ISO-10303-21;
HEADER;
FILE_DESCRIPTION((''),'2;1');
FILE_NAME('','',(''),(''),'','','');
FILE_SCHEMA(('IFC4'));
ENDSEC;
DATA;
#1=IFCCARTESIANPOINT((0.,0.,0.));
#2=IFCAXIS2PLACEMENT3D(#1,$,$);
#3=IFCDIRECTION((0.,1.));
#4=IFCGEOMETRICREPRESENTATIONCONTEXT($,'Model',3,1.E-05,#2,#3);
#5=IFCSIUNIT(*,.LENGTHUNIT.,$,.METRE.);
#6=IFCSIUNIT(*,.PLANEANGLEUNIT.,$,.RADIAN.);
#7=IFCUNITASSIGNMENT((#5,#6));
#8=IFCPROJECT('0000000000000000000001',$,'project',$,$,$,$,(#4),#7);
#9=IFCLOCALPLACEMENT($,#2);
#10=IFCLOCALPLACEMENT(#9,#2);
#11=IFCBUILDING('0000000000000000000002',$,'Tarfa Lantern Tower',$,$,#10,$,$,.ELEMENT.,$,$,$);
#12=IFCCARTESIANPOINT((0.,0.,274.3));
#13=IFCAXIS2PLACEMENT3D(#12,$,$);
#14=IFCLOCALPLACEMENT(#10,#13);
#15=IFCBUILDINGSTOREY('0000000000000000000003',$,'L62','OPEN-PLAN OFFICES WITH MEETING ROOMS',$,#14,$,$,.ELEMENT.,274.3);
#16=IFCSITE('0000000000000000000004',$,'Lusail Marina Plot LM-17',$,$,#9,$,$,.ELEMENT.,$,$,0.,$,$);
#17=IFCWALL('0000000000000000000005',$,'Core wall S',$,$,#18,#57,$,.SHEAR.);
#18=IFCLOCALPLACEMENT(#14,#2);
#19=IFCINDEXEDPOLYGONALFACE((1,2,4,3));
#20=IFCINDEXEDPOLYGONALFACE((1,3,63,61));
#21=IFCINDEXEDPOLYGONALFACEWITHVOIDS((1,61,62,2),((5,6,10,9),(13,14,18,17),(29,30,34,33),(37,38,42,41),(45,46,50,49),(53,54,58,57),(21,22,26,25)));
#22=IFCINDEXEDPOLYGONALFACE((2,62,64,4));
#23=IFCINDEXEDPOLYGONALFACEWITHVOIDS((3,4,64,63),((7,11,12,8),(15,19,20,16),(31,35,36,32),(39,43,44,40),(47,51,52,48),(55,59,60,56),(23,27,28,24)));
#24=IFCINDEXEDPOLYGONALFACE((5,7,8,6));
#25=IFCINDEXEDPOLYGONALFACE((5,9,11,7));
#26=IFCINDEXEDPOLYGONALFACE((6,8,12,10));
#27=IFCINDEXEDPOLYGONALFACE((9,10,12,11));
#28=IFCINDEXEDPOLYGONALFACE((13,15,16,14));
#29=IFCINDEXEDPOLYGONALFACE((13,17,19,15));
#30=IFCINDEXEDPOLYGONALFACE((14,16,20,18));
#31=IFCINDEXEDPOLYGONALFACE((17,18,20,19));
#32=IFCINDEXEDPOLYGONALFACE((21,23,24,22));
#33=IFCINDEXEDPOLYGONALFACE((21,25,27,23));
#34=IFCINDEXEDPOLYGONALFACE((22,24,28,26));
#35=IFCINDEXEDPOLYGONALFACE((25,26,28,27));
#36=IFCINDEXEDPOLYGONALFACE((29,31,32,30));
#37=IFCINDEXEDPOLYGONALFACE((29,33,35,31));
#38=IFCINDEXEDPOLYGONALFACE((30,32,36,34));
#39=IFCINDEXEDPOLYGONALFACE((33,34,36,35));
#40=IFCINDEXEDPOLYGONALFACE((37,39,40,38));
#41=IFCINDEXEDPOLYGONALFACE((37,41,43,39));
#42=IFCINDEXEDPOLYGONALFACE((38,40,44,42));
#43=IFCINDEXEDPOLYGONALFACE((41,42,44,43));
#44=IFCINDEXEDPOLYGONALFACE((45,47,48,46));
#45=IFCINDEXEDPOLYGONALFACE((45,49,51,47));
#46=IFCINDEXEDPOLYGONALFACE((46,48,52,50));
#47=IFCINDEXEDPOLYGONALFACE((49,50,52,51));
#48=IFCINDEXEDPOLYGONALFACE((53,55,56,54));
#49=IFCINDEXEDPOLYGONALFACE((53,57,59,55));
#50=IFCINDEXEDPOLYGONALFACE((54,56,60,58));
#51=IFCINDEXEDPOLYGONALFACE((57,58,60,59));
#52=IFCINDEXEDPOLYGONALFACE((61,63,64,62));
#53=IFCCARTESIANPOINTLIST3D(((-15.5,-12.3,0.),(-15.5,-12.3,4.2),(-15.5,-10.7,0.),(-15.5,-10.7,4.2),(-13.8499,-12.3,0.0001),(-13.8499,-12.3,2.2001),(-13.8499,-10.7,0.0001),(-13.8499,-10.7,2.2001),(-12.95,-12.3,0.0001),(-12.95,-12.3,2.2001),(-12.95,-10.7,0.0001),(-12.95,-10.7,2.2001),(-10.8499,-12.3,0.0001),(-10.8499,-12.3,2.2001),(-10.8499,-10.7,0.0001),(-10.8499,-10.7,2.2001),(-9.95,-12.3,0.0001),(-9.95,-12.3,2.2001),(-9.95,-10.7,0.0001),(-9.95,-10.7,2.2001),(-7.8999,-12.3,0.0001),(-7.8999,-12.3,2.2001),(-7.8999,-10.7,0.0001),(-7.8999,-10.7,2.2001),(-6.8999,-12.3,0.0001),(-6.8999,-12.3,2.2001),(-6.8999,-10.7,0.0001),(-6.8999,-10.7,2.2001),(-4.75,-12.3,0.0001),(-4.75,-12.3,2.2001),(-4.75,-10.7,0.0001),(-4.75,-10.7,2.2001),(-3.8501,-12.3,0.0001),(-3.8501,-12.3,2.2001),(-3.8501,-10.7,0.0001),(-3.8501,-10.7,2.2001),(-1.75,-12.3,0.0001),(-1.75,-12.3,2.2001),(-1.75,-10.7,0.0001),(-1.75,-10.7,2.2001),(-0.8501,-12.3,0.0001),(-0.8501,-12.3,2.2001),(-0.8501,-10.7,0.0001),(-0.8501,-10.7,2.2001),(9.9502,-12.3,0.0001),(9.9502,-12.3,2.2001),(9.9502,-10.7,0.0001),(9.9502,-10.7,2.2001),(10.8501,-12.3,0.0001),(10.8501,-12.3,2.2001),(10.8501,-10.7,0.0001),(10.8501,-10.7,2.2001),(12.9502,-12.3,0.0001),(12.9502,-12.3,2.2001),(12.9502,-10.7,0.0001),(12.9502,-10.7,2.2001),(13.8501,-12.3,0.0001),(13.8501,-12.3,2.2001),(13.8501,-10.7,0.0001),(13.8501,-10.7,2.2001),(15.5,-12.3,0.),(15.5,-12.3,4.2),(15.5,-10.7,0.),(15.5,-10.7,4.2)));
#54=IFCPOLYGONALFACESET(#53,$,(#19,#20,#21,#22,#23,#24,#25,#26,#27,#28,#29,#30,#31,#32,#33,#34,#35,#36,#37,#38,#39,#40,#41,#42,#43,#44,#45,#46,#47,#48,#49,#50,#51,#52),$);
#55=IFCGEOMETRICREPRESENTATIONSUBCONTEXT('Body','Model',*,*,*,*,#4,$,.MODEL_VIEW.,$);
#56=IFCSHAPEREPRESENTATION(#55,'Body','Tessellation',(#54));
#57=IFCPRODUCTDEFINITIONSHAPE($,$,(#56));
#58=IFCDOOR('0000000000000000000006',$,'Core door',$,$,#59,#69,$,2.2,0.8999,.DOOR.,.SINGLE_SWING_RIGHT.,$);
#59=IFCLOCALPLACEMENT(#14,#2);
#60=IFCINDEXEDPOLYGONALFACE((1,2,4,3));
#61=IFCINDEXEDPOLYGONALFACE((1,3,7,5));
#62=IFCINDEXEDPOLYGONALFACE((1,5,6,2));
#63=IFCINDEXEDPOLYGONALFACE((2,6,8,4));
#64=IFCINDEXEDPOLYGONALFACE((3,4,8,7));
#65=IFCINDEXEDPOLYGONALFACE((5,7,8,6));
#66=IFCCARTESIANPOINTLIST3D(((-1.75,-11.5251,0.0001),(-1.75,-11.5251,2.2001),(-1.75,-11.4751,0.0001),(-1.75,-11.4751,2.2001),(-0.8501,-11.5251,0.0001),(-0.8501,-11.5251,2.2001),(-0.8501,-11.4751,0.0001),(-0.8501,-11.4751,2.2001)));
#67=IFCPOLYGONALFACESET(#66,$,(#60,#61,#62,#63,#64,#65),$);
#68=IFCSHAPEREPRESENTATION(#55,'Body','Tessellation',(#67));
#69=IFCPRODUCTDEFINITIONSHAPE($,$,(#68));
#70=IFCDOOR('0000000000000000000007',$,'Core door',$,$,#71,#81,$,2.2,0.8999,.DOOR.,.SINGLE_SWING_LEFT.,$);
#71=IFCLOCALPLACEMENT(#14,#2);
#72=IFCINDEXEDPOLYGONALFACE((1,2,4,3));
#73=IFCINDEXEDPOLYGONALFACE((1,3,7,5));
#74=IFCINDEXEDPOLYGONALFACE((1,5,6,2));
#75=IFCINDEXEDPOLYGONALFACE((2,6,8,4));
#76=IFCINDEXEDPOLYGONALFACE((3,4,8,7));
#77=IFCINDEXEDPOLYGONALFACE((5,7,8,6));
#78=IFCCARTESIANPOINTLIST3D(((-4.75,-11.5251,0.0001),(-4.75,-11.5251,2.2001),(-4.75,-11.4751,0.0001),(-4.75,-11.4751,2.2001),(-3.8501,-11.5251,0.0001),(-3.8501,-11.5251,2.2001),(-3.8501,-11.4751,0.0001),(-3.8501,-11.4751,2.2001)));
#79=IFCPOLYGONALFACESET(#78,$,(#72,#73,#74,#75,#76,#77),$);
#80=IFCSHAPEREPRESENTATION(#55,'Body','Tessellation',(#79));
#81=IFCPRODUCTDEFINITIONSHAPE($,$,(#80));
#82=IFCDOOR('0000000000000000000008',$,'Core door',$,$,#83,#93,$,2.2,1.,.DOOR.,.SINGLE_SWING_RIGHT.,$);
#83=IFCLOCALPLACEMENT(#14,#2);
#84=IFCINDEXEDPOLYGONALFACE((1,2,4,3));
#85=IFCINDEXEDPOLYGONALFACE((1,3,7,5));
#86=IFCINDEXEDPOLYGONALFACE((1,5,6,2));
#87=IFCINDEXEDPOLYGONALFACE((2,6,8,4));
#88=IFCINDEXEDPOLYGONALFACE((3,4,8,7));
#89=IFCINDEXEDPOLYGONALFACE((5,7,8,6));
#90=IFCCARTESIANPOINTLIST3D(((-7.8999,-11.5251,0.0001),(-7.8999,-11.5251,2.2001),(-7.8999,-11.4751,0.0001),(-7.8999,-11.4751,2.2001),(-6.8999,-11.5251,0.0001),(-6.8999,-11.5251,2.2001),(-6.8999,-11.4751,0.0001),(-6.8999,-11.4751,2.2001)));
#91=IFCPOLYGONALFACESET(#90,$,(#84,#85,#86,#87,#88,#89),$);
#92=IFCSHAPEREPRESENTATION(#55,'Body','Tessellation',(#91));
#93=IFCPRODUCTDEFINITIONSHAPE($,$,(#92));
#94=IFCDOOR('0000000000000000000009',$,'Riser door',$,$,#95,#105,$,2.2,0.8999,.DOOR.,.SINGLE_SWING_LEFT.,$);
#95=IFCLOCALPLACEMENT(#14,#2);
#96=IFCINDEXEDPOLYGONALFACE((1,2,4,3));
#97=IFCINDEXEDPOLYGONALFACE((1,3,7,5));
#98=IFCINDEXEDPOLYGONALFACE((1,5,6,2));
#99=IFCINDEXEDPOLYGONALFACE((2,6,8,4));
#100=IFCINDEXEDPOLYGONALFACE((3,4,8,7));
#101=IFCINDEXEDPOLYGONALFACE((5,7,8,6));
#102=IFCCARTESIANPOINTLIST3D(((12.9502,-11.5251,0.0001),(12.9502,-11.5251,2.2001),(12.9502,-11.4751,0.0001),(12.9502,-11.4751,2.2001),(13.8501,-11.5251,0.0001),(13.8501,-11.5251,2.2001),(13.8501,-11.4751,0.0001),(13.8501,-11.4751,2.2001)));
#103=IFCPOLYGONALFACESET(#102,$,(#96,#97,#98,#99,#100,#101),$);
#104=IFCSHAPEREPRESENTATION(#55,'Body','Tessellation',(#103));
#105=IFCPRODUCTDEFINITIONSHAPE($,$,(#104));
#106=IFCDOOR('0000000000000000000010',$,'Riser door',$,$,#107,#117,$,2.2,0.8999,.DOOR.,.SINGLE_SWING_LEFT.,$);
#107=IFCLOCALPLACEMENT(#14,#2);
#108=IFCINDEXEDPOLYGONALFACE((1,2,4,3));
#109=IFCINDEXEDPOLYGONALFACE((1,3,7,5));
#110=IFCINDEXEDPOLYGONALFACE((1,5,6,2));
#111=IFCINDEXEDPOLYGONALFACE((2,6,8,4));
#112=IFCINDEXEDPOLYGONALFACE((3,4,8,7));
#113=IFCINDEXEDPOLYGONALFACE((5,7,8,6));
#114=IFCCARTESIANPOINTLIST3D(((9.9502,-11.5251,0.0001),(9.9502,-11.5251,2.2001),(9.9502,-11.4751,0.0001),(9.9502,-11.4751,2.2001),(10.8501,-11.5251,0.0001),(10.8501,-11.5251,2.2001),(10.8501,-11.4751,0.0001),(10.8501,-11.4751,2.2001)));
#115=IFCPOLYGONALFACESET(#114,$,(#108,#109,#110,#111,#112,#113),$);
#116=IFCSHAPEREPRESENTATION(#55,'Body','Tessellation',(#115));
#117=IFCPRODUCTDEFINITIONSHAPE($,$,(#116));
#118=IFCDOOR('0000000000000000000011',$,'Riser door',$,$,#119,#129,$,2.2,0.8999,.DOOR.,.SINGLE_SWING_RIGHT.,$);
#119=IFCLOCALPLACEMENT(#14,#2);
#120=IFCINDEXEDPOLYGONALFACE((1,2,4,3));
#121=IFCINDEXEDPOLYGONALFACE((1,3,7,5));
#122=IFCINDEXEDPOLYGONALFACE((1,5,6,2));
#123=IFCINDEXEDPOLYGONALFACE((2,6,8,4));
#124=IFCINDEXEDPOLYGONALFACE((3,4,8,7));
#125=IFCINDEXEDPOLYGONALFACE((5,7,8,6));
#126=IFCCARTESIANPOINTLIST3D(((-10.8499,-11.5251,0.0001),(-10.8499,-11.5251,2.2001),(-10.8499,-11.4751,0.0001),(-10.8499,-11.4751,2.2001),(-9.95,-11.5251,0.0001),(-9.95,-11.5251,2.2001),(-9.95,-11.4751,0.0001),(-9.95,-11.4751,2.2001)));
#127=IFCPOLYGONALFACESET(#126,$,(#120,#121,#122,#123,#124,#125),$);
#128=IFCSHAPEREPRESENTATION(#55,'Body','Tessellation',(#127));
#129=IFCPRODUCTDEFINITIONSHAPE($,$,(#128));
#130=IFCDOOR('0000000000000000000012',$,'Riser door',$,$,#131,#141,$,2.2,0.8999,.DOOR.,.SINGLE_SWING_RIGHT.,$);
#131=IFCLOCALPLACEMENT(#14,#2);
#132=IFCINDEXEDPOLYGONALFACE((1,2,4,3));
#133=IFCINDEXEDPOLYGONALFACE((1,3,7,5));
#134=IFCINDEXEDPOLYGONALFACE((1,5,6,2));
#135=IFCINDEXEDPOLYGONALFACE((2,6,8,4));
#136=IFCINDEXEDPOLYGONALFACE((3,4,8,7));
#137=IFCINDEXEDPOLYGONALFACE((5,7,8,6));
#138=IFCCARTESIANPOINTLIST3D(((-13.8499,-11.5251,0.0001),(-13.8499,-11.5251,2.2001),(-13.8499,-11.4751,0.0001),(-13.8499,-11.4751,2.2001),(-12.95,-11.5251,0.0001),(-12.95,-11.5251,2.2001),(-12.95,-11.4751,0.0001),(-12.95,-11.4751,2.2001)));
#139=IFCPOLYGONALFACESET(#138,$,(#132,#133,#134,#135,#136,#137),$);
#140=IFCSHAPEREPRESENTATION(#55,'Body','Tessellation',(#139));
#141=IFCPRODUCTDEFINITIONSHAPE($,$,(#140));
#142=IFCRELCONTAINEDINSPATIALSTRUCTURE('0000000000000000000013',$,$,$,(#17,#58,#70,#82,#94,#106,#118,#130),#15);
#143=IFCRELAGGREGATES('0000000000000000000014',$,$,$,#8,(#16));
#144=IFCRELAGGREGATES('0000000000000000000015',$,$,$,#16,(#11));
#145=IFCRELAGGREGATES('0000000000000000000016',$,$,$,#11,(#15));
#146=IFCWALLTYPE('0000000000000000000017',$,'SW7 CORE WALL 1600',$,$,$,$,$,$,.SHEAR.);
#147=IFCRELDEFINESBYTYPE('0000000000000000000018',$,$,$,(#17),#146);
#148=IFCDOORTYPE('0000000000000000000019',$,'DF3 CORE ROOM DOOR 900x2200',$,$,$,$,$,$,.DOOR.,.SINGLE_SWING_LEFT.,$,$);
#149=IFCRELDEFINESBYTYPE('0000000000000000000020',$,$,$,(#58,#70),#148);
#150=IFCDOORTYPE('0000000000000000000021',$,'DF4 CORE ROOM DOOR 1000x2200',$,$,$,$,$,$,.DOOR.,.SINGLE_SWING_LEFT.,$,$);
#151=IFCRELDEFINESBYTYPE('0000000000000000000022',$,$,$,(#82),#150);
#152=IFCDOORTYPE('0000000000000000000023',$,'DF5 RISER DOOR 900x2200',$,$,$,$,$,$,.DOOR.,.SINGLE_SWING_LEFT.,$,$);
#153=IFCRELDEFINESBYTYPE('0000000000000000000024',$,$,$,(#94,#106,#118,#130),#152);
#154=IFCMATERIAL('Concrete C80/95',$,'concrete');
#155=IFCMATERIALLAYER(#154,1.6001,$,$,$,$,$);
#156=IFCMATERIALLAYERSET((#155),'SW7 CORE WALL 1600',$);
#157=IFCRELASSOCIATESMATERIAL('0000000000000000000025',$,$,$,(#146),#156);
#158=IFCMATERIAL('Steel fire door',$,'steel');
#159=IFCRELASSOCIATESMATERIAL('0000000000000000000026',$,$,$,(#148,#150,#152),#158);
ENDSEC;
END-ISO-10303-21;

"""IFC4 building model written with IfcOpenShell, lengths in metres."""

from ifc_helpers import new_model, si_unit, direction, frame, frame_2d, origin, place, context, subcontext, project, spatial, rectangle, extrude, material, layer, layer_set, type_object, element, fill, save


model = new_model("IFC4")

# Units and contexts
model_context = context("Model", 3, precision=1e-05, world=origin(), true_north=direction((0.0, 1.0)))
body_context = subcontext(model_context, "Body", "Model", "MODEL_VIEW")
ifc_project = project(units=[si_unit("LENGTHUNIT", "METRE"), si_unit("PLANEANGLEUNIT", "RADIAN")], contexts=[model_context])

# Site, building, storey
site_placement = place(None, origin())
site = spatial("IfcSite", under=ifc_project, at=site_placement, Name="Lusail Marina Plot LM-17", CompositionType="ELEMENT", RefElevation=0.0)
building_placement = place(site_placement, origin())
building = spatial("IfcBuilding", under=site, at=building_placement, Name="Tarfa Lantern Tower", CompositionType="ELEMENT")
storey_placement = place(building_placement, frame((0.0, 0.0, 274.3)))
storey = spatial("IfcBuildingStorey", under=building, at=storey_placement, Name="L62", Description="OPEN-PLAN OFFICES WITH MEETING ROOMS", CompositionType="ELEMENT", Elevation=274.3)

# Shared definitions
ifc_material_1 = material(Name="Concrete C80/95", Category="concrete")
ifc_material_2 = material(Name="Steel fire door", Category="steel")

# Wall, openings, doors
ifc_layer_1 = layer(ifc_material_1, 1.6001)
ifc_layer_set_1 = layer_set([ifc_layer_1], Name="SW7 CORE WALL 1600")
wall_type_1 = type_object("IfcWallType", Name="SW7 CORE WALL 1600", PredefinedType="SHEAR", material=ifc_layer_set_1)
wall_1_placement = place(storey_placement, frame((15.5, -11.5, 0.0), z_axis=(0.0, 0.0, 1.0), x_axis=(-1.0, 0.0, 0.0)))
wall_1 = element("IfcWall", 1, at=wall_1_placement, inside=storey, type_object=wall_type_1, Name="Core wall S", PredefinedType="SHEAR", context=body_context, shape_type="SweptSolid", body=[
    extrude(rectangle(XDim=31.0, YDim=1.6001, at=frame_2d((15.5, 0.0))), origin(), (0.0, 0.0, 1.0), 4.2),
])
opening_1_placement = place(wall_1_placement, frame((16.3501, 0.0, 0.0)))
opening_1 = element("IfcOpeningElement", 2, at=opening_1_placement, cuts=wall_1, PredefinedType="OPENING", context=body_context, shape_type="SweptSolid", body=[
    extrude(rectangle(XDim=0.8999, YDim=2.2, at=frame_2d((0.45, 1.1001))), frame((0.0, 0.8101, 0.0), z_axis=(0.0, -1.0, 0.0), x_axis=(1.0, 0.0, 0.0)), (0.0, 0.0, 1.0), 1.6201),
])
opening_2_placement = place(wall_1_placement, frame((19.3501, 0.0, 0.0)))
opening_2 = element("IfcOpeningElement", 3, at=opening_2_placement, cuts=wall_1, PredefinedType="OPENING", context=body_context, shape_type="SweptSolid", body=[
    extrude(rectangle(XDim=0.8999, YDim=2.2, at=frame_2d((0.45, 1.1001))), frame((0.0, 0.8101, 0.0), z_axis=(0.0, -1.0, 0.0), x_axis=(1.0, 0.0, 0.0)), (0.0, 0.0, 1.0), 1.6201),
])
opening_3_placement = place(wall_1_placement, frame((22.3999, 0.0, 0.0)))
opening_3 = element("IfcOpeningElement", 4, at=opening_3_placement, cuts=wall_1, PredefinedType="OPENING", context=body_context, shape_type="SweptSolid", body=[
    extrude(rectangle(XDim=1.0, YDim=2.2, at=frame_2d((0.5, 1.1001))), frame((0.0, 0.8101, 0.0), z_axis=(0.0, -1.0, 0.0), x_axis=(1.0, 0.0, 0.0)), (0.0, 0.0, 1.0), 1.6201),
])
opening_4_placement = place(wall_1_placement, frame((1.6499, 0.0, 0.0)))
opening_4 = element("IfcOpeningElement", 5, at=opening_4_placement, cuts=wall_1, PredefinedType="OPENING", context=body_context, shape_type="SweptSolid", body=[
    extrude(rectangle(XDim=0.8999, YDim=2.2, at=frame_2d((0.45, 1.1001))), frame((0.0, 0.8101, 0.0), z_axis=(0.0, -1.0, 0.0), x_axis=(1.0, 0.0, 0.0)), (0.0, 0.0, 1.0), 1.6201),
])
opening_5_placement = place(wall_1_placement, frame((4.6499, 0.0, 0.0)))
opening_5 = element("IfcOpeningElement", 6, at=opening_5_placement, cuts=wall_1, PredefinedType="OPENING", context=body_context, shape_type="SweptSolid", body=[
    extrude(rectangle(XDim=0.8999, YDim=2.2, at=frame_2d((0.45, 1.1001))), frame((0.0, 0.8101, 0.0), z_axis=(0.0, -1.0, 0.0), x_axis=(1.0, 0.0, 0.0)), (0.0, 0.0, 1.0), 1.6201),
])
opening_6_placement = place(wall_1_placement, frame((25.45, 0.0, 0.0)))
opening_6 = element("IfcOpeningElement", 7, at=opening_6_placement, cuts=wall_1, PredefinedType="OPENING", context=body_context, shape_type="SweptSolid", body=[
    extrude(rectangle(XDim=0.8999, YDim=2.2, at=frame_2d((0.45, 1.1001))), frame((0.0, 0.8101, 0.0), z_axis=(0.0, -1.0, 0.0), x_axis=(1.0, 0.0, 0.0)), (0.0, 0.0, 1.0), 1.6201),
])
opening_7_placement = place(wall_1_placement, frame((28.45, 0.0, 0.0)))
opening_7 = element("IfcOpeningElement", 8, at=opening_7_placement, cuts=wall_1, PredefinedType="OPENING", context=body_context, shape_type="SweptSolid", body=[
    extrude(rectangle(XDim=0.8999, YDim=2.2, at=frame_2d((0.45, 1.1001))), frame((0.0, 0.8101, 0.0), z_axis=(0.0, -1.0, 0.0), x_axis=(1.0, 0.0, 0.0)), (0.0, 0.0, 1.0), 1.6201),
])
door_type_1 = type_object("IfcDoorType", Name="DF3 CORE ROOM DOOR 900x2200", OperationType="SINGLE_SWING_LEFT", PredefinedType="DOOR", material=ifc_material_2)
door_1_placement = place(opening_1_placement, frame((0.8999, 0.0, 0.0), z_axis=(0.0, 0.0, 1.0), x_axis=(-1.0, 0.0, 0.0)))
door_1 = element("IfcDoor", 9, at=door_1_placement, inside=storey, type_object=door_type_1, Name="Core door", OperationType="SINGLE_SWING_RIGHT", OverallHeight=2.2, OverallWidth=0.8999, PredefinedType="DOOR", context=body_context, shape_type="SweptSolid", body=[
    extrude(rectangle(XDim=0.8999, YDim=2.2, at=frame_2d((0.45, 1.1001))), frame((0.0, 0.0249, 0.0), z_axis=(0.0, -1.0, 0.0), x_axis=(1.0, 0.0, 0.0)), (0.0, 0.0, 1.0), 0.05),
])
fill(opening_1, door_1)
door_2_placement = place(opening_2_placement, frame((0.8999, 0.0, 0.0), z_axis=(0.0, 0.0, 1.0), x_axis=(-1.0, 0.0, 0.0)))
door_2 = element("IfcDoor", 10, at=door_2_placement, inside=storey, type_object=door_type_1, Name="Core door", OperationType="SINGLE_SWING_LEFT", OverallHeight=2.2, OverallWidth=0.8999, PredefinedType="DOOR", context=body_context, shape_type="SweptSolid", body=[
    extrude(rectangle(XDim=0.8999, YDim=2.2, at=frame_2d((0.45, 1.1001))), frame((0.0, 0.0249, 0.0), z_axis=(0.0, -1.0, 0.0), x_axis=(1.0, 0.0, 0.0)), (0.0, 0.0, 1.0), 0.05),
])
fill(opening_2, door_2)
door_type_2 = type_object("IfcDoorType", Name="DF4 CORE ROOM DOOR 1000x2200", OperationType="SINGLE_SWING_LEFT", PredefinedType="DOOR", material=ifc_material_2)
door_3_placement = place(opening_3_placement, frame((1.0, 0.0, 0.0), z_axis=(0.0, 0.0, 1.0), x_axis=(-1.0, 0.0, 0.0)))
door_3 = element("IfcDoor", 11, at=door_3_placement, inside=storey, type_object=door_type_2, Name="Core door", OperationType="SINGLE_SWING_RIGHT", OverallHeight=2.2, OverallWidth=1.0, PredefinedType="DOOR", context=body_context, shape_type="SweptSolid", body=[
    extrude(rectangle(XDim=1.0, YDim=2.2, at=frame_2d((0.5, 1.1001))), frame((0.0, 0.0249, 0.0), z_axis=(0.0, -1.0, 0.0), x_axis=(1.0, 0.0, 0.0)), (0.0, 0.0, 1.0), 0.05),
])
fill(opening_3, door_3)
door_type_3 = type_object("IfcDoorType", Name="DF5 RISER DOOR 900x2200", OperationType="SINGLE_SWING_LEFT", PredefinedType="DOOR", material=ifc_material_2)
door_4_placement = place(opening_4_placement, frame((0.8999, 0.0, 0.0), z_axis=(0.0, 0.0, 1.0), x_axis=(-1.0, 0.0, 0.0)))
door_4 = element("IfcDoor", 12, at=door_4_placement, inside=storey, type_object=door_type_3, Name="Riser door", OperationType="SINGLE_SWING_LEFT", OverallHeight=2.2, OverallWidth=0.8999, PredefinedType="DOOR", context=body_context, shape_type="SweptSolid", body=[
    extrude(rectangle(XDim=0.8999, YDim=2.2, at=frame_2d((0.45, 1.1001))), frame((0.0, 0.0249, 0.0), z_axis=(0.0, -1.0, 0.0), x_axis=(1.0, 0.0, 0.0)), (0.0, 0.0, 1.0), 0.05),
])
fill(opening_4, door_4)
door_5_placement = place(opening_5_placement, frame((0.8999, 0.0, 0.0), z_axis=(0.0, 0.0, 1.0), x_axis=(-1.0, 0.0, 0.0)))
door_5 = element("IfcDoor", 13, at=door_5_placement, inside=storey, type_object=door_type_3, Name="Riser door", OperationType="SINGLE_SWING_LEFT", OverallHeight=2.2, OverallWidth=0.8999, PredefinedType="DOOR", context=body_context, shape_type="SweptSolid", body=[
    extrude(rectangle(XDim=0.8999, YDim=2.2, at=frame_2d((0.45, 1.1001))), frame((0.0, 0.0249, 0.0), z_axis=(0.0, -1.0, 0.0), x_axis=(1.0, 0.0, 0.0)), (0.0, 0.0, 1.0), 0.05),
])
fill(opening_5, door_5)
door_6_placement = place(opening_6_placement, frame((0.8999, 0.0, 0.0), z_axis=(0.0, 0.0, 1.0), x_axis=(-1.0, 0.0, 0.0)))
door_6 = element("IfcDoor", 14, at=door_6_placement, inside=storey, type_object=door_type_3, Name="Riser door", OperationType="SINGLE_SWING_RIGHT", OverallHeight=2.2, OverallWidth=0.8999, PredefinedType="DOOR", context=body_context, shape_type="SweptSolid", body=[
    extrude(rectangle(XDim=0.8999, YDim=2.2, at=frame_2d((0.45, 1.1001))), frame((0.0, 0.0249, 0.0), z_axis=(0.0, -1.0, 0.0), x_axis=(1.0, 0.0, 0.0)), (0.0, 0.0, 1.0), 0.05),
])
fill(opening_6, door_6)
door_7_placement = place(opening_7_placement, frame((0.8999, 0.0, 0.0), z_axis=(0.0, 0.0, 1.0), x_axis=(-1.0, 0.0, 0.0)))
door_7 = element("IfcDoor", 15, at=door_7_placement, inside=storey, type_object=door_type_3, Name="Riser door", OperationType="SINGLE_SWING_RIGHT", OverallHeight=2.2, OverallWidth=0.8999, PredefinedType="DOOR", context=body_context, shape_type="SweptSolid", body=[
    extrude(rectangle(XDim=0.8999, YDim=2.2, at=frame_2d((0.45, 1.1001))), frame((0.0, 0.0249, 0.0), z_axis=(0.0, -1.0, 0.0), x_axis=(1.0, 0.0, 0.0)), (0.0, 0.0, 1.0), 0.05),
])
fill(opening_7, door_7)

save(model, "model.ifc")
